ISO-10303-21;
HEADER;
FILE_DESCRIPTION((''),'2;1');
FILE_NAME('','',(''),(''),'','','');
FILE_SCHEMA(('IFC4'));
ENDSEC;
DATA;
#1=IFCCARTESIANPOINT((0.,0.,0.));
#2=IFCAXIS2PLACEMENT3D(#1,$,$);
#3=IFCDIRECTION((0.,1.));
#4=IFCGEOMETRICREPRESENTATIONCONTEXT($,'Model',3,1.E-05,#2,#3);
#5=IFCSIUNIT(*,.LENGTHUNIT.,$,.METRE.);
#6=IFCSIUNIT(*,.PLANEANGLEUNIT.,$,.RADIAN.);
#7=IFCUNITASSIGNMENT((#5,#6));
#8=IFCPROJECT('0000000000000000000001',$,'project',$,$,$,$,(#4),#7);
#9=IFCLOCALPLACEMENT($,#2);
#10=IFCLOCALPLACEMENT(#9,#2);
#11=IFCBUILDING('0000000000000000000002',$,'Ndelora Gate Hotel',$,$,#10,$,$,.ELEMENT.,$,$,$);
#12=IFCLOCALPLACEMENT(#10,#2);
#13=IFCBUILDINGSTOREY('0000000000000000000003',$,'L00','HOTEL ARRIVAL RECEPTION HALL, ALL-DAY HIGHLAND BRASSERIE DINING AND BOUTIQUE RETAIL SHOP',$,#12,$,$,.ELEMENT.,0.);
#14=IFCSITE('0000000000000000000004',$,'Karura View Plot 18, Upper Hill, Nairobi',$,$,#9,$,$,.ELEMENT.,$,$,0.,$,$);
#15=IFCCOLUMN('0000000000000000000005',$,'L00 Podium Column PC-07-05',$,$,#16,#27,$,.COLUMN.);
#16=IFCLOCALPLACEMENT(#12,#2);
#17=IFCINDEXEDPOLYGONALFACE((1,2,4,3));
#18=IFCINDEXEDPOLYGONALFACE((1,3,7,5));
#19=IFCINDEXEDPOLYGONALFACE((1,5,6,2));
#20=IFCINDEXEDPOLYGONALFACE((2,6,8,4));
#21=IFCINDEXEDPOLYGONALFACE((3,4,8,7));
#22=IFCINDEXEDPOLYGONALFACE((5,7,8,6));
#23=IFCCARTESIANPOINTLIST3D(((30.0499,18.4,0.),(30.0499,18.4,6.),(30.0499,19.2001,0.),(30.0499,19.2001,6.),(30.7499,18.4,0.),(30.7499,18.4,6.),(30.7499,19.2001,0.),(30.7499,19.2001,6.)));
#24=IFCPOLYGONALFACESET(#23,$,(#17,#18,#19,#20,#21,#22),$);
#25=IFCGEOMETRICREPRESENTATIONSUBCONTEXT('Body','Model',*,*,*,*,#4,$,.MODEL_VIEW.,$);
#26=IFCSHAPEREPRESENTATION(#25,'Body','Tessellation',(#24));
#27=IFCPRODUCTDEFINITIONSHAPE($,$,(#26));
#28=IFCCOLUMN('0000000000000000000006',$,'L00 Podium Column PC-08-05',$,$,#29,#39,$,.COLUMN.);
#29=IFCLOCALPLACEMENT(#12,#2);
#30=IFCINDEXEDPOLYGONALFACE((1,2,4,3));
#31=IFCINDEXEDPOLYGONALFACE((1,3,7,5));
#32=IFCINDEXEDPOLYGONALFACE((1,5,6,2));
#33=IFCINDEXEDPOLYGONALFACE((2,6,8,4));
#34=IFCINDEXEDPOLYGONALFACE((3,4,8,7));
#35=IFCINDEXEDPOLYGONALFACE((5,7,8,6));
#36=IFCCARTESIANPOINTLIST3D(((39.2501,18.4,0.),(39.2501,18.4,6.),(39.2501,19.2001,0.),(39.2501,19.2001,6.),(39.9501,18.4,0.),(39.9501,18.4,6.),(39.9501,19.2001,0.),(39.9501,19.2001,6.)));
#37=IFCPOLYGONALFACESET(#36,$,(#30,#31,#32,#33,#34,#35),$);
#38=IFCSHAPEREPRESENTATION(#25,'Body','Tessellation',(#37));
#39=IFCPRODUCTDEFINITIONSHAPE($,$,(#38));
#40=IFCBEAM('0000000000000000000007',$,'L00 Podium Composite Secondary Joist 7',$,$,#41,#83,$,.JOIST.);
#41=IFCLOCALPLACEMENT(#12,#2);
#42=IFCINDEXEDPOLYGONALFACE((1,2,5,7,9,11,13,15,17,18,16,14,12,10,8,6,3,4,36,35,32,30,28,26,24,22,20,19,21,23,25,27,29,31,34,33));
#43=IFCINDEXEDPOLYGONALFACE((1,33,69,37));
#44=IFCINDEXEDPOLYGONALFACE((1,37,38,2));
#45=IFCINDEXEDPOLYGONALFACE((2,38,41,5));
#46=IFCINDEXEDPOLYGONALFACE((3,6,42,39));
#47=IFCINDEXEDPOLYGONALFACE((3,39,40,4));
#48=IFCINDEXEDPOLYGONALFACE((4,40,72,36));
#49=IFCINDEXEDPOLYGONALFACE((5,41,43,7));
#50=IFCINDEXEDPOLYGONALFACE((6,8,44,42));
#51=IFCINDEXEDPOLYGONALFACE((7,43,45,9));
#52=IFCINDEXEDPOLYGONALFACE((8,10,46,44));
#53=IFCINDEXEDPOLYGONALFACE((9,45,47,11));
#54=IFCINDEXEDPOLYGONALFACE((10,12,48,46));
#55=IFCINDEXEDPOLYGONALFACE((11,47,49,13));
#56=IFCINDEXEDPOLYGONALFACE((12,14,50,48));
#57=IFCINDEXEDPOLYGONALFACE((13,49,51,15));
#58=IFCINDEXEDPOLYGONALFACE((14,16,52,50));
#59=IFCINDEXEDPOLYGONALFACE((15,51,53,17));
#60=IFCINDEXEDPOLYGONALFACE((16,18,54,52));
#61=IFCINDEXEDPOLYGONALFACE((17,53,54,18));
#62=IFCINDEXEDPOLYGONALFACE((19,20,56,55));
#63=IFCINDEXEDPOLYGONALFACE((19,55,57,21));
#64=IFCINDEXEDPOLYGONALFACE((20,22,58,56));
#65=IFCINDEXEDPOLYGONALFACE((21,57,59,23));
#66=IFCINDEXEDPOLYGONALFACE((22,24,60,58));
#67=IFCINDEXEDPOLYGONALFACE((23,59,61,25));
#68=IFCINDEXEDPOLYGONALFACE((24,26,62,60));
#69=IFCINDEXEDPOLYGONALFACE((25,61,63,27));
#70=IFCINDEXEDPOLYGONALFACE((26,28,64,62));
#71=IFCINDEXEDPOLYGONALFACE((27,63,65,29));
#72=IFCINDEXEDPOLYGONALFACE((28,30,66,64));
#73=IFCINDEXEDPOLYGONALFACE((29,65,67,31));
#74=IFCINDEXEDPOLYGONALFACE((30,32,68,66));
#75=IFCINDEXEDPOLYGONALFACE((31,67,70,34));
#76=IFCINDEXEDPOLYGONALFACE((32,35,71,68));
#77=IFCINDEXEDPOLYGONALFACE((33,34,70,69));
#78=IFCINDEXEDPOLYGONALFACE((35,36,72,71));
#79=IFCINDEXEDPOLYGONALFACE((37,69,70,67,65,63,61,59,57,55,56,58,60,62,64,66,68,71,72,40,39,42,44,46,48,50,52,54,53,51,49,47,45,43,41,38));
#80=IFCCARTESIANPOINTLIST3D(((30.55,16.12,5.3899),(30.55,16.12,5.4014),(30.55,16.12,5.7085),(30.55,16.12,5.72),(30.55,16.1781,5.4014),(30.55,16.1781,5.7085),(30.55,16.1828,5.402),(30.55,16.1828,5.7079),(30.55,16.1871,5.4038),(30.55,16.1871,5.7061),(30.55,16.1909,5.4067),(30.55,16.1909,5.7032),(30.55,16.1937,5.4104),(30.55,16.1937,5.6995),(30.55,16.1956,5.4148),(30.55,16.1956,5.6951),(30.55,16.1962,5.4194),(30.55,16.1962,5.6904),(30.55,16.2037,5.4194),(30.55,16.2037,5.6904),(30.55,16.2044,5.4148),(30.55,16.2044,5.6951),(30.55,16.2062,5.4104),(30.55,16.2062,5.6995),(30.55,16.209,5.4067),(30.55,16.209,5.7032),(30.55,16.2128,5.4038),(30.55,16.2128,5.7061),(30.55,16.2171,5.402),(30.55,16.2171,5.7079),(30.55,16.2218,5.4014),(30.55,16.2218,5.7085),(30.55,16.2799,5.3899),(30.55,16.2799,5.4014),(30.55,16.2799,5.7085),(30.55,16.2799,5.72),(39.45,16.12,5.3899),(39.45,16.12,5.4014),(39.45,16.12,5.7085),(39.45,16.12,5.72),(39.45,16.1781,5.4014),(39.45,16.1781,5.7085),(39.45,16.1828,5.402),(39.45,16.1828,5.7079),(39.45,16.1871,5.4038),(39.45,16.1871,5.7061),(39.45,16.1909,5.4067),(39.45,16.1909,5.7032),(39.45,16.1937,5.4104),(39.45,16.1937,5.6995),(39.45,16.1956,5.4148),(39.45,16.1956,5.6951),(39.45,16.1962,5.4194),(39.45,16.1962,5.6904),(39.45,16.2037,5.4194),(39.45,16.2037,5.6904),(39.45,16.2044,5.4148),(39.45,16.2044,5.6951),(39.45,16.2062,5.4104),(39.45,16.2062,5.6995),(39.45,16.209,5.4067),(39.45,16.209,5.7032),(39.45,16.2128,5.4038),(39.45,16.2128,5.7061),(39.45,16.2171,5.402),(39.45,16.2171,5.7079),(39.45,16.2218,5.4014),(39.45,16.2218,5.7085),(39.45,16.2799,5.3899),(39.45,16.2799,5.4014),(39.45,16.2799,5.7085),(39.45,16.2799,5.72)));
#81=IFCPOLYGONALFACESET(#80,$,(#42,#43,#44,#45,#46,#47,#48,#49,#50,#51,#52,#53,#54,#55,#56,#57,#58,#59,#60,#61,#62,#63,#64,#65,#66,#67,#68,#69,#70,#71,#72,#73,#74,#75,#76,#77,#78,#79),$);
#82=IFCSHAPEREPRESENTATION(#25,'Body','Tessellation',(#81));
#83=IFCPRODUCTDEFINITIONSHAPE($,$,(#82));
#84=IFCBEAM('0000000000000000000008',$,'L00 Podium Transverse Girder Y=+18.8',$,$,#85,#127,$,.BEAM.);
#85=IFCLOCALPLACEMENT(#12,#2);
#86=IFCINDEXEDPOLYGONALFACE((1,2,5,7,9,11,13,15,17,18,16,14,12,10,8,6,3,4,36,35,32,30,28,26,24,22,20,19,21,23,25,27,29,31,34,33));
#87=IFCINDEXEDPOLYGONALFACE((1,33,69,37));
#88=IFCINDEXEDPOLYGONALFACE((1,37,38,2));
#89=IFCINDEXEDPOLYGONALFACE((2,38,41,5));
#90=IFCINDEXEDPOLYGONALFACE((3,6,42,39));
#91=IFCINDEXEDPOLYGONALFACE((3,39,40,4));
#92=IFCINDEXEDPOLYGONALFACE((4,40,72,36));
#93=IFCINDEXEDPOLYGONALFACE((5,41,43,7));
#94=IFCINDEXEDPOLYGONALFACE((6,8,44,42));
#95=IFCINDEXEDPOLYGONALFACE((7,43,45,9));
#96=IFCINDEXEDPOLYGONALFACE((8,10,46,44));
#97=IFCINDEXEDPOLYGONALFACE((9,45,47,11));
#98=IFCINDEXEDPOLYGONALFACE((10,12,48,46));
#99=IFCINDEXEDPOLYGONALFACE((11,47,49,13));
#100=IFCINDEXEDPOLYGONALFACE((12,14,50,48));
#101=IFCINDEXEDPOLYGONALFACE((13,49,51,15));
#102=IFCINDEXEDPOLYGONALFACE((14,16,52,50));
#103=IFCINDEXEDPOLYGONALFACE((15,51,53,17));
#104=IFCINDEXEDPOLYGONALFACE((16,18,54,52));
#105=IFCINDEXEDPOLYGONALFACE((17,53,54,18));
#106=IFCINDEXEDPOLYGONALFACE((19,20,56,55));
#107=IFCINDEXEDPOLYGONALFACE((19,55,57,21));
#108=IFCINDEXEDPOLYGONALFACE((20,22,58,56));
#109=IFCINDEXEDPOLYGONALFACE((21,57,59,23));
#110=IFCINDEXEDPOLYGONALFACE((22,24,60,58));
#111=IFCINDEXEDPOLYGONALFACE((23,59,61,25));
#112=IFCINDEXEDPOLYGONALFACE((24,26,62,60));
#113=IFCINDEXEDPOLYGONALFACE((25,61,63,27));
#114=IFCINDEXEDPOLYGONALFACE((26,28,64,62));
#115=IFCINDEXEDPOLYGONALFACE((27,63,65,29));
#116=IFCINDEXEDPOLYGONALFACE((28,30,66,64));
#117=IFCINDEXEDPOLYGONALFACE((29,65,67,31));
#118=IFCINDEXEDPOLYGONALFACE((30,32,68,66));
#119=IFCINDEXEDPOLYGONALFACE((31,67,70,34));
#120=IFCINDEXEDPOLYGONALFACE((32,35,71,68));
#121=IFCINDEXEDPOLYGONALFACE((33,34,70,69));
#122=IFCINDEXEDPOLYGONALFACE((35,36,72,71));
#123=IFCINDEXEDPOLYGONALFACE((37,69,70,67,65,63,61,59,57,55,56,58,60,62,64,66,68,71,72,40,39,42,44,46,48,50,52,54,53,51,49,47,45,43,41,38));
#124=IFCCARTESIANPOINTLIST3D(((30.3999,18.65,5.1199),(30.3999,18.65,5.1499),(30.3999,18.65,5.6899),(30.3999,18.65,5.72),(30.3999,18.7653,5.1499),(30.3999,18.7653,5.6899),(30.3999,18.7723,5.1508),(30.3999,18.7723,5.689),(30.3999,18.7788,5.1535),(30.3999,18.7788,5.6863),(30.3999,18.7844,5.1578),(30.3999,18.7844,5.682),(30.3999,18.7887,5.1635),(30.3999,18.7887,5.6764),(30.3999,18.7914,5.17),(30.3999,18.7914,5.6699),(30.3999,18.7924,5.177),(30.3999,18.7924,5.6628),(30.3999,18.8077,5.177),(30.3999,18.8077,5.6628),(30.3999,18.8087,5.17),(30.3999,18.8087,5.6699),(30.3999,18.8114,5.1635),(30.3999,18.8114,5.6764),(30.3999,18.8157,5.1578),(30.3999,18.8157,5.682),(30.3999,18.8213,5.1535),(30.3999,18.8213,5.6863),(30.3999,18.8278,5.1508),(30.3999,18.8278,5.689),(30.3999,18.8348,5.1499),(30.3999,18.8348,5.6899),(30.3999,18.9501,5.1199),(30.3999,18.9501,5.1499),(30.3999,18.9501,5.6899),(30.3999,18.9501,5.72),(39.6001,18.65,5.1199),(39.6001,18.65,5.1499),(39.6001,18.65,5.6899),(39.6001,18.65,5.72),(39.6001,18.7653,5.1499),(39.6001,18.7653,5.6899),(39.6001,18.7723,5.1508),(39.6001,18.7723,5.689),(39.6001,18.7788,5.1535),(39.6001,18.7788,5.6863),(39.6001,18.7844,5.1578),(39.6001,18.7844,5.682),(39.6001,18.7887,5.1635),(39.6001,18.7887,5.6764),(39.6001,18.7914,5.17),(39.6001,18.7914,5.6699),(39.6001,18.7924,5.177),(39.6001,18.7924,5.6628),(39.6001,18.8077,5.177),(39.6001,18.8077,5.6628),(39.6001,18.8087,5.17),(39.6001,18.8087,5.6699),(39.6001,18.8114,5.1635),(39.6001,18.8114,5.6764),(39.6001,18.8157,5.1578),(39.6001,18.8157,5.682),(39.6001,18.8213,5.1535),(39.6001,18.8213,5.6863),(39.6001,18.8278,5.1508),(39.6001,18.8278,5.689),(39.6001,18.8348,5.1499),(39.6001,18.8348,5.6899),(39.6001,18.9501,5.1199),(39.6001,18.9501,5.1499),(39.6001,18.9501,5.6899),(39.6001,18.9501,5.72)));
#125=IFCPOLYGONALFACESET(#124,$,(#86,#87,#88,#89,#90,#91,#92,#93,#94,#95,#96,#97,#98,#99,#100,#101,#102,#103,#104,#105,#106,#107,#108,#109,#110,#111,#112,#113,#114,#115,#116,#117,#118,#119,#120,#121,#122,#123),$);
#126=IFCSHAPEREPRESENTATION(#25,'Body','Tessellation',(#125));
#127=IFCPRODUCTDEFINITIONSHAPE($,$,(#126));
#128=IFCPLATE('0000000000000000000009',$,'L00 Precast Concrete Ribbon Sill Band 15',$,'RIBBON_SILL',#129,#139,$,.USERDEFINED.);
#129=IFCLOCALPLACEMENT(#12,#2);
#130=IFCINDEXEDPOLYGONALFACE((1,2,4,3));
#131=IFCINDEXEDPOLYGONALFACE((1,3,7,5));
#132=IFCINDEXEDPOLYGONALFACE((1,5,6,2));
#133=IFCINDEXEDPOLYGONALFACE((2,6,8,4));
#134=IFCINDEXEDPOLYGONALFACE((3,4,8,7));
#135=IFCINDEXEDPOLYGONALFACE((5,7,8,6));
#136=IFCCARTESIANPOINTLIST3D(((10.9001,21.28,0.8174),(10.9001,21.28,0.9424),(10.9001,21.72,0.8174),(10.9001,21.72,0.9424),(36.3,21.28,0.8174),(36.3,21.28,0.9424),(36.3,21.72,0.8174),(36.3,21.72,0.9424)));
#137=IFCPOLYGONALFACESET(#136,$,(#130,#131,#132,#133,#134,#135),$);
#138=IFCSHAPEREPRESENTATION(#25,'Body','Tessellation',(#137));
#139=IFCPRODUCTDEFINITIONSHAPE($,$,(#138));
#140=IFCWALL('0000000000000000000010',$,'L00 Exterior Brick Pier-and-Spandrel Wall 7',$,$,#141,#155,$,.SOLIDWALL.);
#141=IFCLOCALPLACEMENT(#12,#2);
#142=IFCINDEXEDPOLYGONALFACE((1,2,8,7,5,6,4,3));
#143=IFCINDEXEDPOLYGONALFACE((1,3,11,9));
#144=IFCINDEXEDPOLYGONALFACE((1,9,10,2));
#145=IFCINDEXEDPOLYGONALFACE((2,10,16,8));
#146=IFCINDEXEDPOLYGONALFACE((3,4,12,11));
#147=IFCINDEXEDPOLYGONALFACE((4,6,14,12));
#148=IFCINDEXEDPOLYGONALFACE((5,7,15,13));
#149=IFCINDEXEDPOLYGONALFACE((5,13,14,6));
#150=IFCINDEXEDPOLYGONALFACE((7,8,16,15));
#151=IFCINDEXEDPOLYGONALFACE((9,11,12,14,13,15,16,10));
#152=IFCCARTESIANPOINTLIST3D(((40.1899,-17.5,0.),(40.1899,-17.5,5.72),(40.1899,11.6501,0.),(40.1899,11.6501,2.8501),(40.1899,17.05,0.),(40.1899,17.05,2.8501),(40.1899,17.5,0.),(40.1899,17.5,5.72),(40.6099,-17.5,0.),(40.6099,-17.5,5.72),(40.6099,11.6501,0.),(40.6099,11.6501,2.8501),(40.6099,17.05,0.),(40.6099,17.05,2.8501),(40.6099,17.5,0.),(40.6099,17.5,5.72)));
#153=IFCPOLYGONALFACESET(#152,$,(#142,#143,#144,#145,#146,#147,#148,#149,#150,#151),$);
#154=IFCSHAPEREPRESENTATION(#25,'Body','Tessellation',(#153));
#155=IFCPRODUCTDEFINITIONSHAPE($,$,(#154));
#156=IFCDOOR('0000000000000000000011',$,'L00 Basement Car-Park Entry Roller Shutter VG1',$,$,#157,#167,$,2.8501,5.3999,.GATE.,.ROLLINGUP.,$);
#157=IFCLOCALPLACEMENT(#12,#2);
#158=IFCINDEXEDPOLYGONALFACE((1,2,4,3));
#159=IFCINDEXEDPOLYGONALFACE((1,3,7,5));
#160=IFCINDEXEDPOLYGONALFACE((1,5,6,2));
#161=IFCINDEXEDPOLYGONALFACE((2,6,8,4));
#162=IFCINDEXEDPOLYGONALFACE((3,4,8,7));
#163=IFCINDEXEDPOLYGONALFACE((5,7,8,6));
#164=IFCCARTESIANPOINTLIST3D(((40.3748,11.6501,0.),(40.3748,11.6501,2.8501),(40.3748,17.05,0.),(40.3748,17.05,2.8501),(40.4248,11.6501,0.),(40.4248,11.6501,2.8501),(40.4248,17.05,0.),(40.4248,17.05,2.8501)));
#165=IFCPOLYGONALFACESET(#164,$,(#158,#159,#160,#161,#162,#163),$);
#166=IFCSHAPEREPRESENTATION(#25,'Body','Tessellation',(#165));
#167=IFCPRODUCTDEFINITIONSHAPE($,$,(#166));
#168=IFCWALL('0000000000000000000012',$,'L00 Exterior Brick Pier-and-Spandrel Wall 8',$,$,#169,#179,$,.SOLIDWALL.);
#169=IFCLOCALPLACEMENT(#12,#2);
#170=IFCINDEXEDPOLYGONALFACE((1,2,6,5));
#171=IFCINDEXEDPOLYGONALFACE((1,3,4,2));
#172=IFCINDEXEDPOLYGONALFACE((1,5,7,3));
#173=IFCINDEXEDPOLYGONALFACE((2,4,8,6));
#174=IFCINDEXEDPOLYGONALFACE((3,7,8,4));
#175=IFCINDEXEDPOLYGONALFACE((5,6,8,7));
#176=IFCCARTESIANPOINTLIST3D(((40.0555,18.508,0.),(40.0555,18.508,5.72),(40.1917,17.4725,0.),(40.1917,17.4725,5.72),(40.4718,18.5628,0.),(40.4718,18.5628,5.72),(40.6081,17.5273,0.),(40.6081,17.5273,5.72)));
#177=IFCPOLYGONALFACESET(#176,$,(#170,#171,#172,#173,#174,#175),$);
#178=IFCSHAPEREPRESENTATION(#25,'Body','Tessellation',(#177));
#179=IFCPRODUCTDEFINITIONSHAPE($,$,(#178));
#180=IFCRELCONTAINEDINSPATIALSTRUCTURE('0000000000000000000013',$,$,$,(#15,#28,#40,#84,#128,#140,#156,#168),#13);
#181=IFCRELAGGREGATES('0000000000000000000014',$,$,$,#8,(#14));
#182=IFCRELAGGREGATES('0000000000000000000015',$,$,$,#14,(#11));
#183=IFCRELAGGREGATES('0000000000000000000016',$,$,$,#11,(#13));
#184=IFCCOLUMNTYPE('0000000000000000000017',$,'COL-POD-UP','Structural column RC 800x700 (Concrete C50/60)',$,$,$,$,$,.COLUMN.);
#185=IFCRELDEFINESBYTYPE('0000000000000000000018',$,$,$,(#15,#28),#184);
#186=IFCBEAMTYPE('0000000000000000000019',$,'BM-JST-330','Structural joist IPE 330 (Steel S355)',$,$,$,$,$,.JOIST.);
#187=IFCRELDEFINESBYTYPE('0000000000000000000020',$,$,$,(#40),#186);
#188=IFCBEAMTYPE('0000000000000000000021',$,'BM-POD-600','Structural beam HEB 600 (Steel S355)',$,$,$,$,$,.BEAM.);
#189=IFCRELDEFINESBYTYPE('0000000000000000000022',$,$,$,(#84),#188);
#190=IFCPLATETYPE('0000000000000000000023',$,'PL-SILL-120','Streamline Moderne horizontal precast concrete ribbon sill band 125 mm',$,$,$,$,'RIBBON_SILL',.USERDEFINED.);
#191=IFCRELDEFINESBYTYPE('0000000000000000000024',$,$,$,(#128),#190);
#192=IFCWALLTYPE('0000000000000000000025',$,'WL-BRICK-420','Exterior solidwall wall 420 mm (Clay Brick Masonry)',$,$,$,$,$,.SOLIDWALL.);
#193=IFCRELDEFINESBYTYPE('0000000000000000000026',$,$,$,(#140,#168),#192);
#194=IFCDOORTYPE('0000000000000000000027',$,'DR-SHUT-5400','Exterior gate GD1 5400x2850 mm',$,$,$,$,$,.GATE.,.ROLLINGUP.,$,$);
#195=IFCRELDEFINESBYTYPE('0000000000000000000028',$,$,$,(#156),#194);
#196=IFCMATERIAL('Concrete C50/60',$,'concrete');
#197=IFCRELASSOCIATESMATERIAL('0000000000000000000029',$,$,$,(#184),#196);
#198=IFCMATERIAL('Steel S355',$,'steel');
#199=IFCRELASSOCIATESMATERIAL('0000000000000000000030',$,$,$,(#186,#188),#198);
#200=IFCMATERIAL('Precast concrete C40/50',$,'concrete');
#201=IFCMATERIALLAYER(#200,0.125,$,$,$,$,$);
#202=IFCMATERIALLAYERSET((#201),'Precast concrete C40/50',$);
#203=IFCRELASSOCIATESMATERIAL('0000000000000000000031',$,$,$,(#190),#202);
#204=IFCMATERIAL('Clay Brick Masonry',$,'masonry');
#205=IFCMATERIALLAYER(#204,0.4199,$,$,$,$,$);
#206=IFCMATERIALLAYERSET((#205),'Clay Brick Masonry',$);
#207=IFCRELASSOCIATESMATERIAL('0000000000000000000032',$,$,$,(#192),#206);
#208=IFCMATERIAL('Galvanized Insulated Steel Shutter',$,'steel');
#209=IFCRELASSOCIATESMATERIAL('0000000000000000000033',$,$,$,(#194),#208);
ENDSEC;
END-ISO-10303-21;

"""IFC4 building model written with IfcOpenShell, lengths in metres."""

from ifc_helpers import new_model, si_unit, direction, frame, frame_2d, origin, origin_2d, place, context, subcontext, project, spatial, rectangle, i_section, extrude, material, layer, layer_set, material_profile, profile_set, type_object, element, fill, save


model = new_model("IFC4")

# Units and contexts
model_context = context("Model", 3, precision=1e-05, world=origin(), true_north=direction((0.0, 1.0)))
body_context = subcontext(model_context, "Body", "Model", "MODEL_VIEW")
ifc_project = project(units=[si_unit("LENGTHUNIT", "METRE"), si_unit("PLANEANGLEUNIT", "RADIAN")], contexts=[model_context])

# Site, building, storey
site_placement = place(None, origin())
site = spatial("IfcSite", under=ifc_project, at=site_placement, Name="Karura View Plot 18, Upper Hill, Nairobi", CompositionType="ELEMENT", RefElevation=0.0)
building_placement = place(site_placement, origin())
building = spatial("IfcBuilding", under=site, at=building_placement, Name="Ndelora Gate Hotel", CompositionType="ELEMENT")
storey_placement = place(building_placement, origin())
storey = spatial("IfcBuildingStorey", under=building, at=storey_placement, Name="L00", Description="HOTEL ARRIVAL RECEPTION HALL, ALL-DAY HIGHLAND BRASSERIE DINING AND BOUTIQUE RETAIL SHOP", CompositionType="ELEMENT", Elevation=0.0)

# Columns
ifc_material_1 = material(Name="Concrete C50/60", Category="concrete")
ifc_material_profile_1 = material_profile(ifc_material_1, rectangle(XDim=0.7, YDim=0.8, at=origin_2d()), Name="RC 800x700")
ifc_profile_set_1 = profile_set([ifc_material_profile_1], Name="Concrete C50/60")
column_type = type_object("IfcColumnType", Name="COL-POD-UP", Description="Structural column RC 800x700 (Concrete C50/60)", PredefinedType="COLUMN", material=ifc_profile_set_1)
for number, where, z_axis, x_axis, name in (
    (1, (30.3999, 18.8, 0.0), (0.0, 0.0, 1.0), (1.0, 0.0, 0.0), "L00 Podium Column PC-07-05"),
    (2, (39.6001, 18.8, 0.0), (0.0, 0.0, 1.0), (1.0, 0.0, 0.0), "L00 Podium Column PC-08-05"),
):
    element("IfcColumn", number, at=place(storey_placement, frame(where, z_axis=z_axis, x_axis=x_axis)), inside=storey, type_object=column_type, Name=name, PredefinedType="COLUMN", context=body_context, shape_type="SweptSolid", body=[
        extrude(rectangle(XDim=0.7, YDim=0.8, at=origin_2d()), origin(), (0.0, 0.0, 1.0), 6.0),
    ])

# Beams
ifc_material_2 = material(Name="Steel S355", Category="steel")
ifc_material_profile_2 = material_profile(ifc_material_2, i_section(OverallWidth=0.1599, OverallDepth=0.3301, WebThickness=0.0076, FlangeThickness=0.0115, FilletRadius=0.0181, at=origin_2d()), Name="IPE 330")
ifc_profile_set_2 = profile_set([ifc_material_profile_2], Name="Steel S355")
beam_type_1 = type_object("IfcBeamType", Name="BM-JST-330", Description="Structural joist IPE 330 (Steel S355)", PredefinedType="JOIST", material=ifc_profile_set_2)
beam_1_placement = place(storey_placement, frame((30.55, 16.2, 5.5549), z_axis=(1.0, 0.0, 0.0), x_axis=(0.0, 1.0, 0.0)))
element("IfcBeam", 3, at=beam_1_placement, inside=storey, type_object=beam_type_1, Name="L00 Podium Composite Secondary Joist 7", PredefinedType="JOIST", context=body_context, shape_type="SweptSolid", body=[
    extrude(i_section(OverallWidth=0.1599, OverallDepth=0.3301, WebThickness=0.0076, FlangeThickness=0.0115, FilletRadius=0.0181, at=origin_2d()), origin(), (0.0, 0.0, 1.0), 8.8999),
])
ifc_material_profile_3 = material_profile(ifc_material_2, i_section(OverallWidth=0.3, OverallDepth=0.6001, WebThickness=0.0154, FlangeThickness=0.03, FilletRadius=0.0271, at=origin_2d()), Name="HEB 600")
ifc_profile_set_3 = profile_set([ifc_material_profile_3], Name="Steel S355")
beam_type_2 = type_object("IfcBeamType", Name="BM-POD-600", Description="Structural beam HEB 600 (Steel S355)", PredefinedType="BEAM", material=ifc_profile_set_3)
beam_2_placement = place(storey_placement, frame((30.3999, 18.8, 5.4199), z_axis=(1.0, 0.0, 0.0), x_axis=(0.0, 1.0, 0.0)))
element("IfcBeam", 4, at=beam_2_placement, inside=storey, type_object=beam_type_2, Name="L00 Podium Transverse Girder Y=+18.8", PredefinedType="BEAM", context=body_context, shape_type="SweptSolid", body=[
    extrude(i_section(OverallWidth=0.3, OverallDepth=0.6001, WebThickness=0.0154, FlangeThickness=0.03, FilletRadius=0.0271, at=origin_2d()), origin(), (0.0, 0.0, 1.0), 9.2002),
])

# Plate
ifc_material_3 = material(Name="Precast concrete C40/50", Category="concrete")
ifc_layer_1 = layer(ifc_material_3, 0.125)
ifc_layer_set_1 = layer_set([ifc_layer_1], Name="Precast concrete C40/50")
plate_type = type_object("IfcPlateType", Name="PL-SILL-120", Description="Streamline Moderne horizontal precast concrete ribbon sill band 125 mm", ElementType="RIBBON_SILL", PredefinedType="USERDEFINED", material=ifc_layer_set_1)
plate_placement = place(storey_placement, frame((23.6001, 21.5, 0.8174), z_axis=(0.0, 0.0, 1.0), x_axis=(1.0, 0.0, 0.0)))
element("IfcPlate", 5, at=plate_placement, inside=storey, type_object=plate_type, Name="L00 Precast Concrete Ribbon Sill Band 15", ObjectType="RIBBON_SILL", PredefinedType="USERDEFINED", context=body_context, shape_type="SweptSolid", body=[
    extrude(rectangle(XDim=25.3999, YDim=0.4399, at=origin_2d()), origin(), (0.0, 0.0, 1.0), 0.125),
])

# Wall, opening, door
ifc_material_4 = material(Name="Clay Brick Masonry", Category="masonry")
ifc_layer_2 = layer(ifc_material_4, 0.4199)
ifc_layer_set_2 = layer_set([ifc_layer_2], Name="Clay Brick Masonry")
wall_type_1 = type_object("IfcWallType", Name="WL-BRICK-420", Description="Exterior solidwall wall 420 mm (Clay Brick Masonry)", PredefinedType="SOLIDWALL", material=ifc_layer_set_2)
wall_1_placement = place(storey_placement, frame((40.3999, 17.5, 0.0), z_axis=(0.0, 0.0, 1.0), x_axis=(0.0, -1.0, 0.0)))
wall_1 = element("IfcWall", 6, at=wall_1_placement, inside=storey, type_object=wall_type_1, Name="L00 Exterior Brick Pier-and-Spandrel Wall 7", PredefinedType="SOLIDWALL", context=body_context, shape_type="SweptSolid", body=[
    extrude(rectangle(XDim=35.0, YDim=0.4199, at=frame_2d((17.5, 0.0))), origin(), (0.0, 0.0, 1.0), 5.72),
])
opening_1_placement = place(wall_1_placement, frame((0.45, 0.0, 0.0)))
opening_1 = element("IfcOpeningElement", 7, at=opening_1_placement, cuts=wall_1, PredefinedType="OPENING", context=body_context, shape_type="SweptSolid", body=[
    extrude(rectangle(XDim=5.3999, YDim=2.8501, at=frame_2d((2.7, 1.425))), frame((0.0, 0.22, 0.0), z_axis=(0.0, -1.0, 0.0), x_axis=(1.0, 0.0, 0.0)), (0.0, 0.0, 1.0), 0.4399),
])
ifc_material_5 = material(Name="Galvanized Insulated Steel Shutter", Category="steel")
door_type_1 = type_object("IfcDoorType", Name="DR-SHUT-5400", Description="Exterior gate GD1 5400x2850 mm", OperationType="ROLLINGUP", PredefinedType="GATE", material=ifc_material_5)
door_1_placement = place(opening_1_placement, origin())
door_1 = element("IfcDoor", 8, at=door_1_placement, inside=storey, type_object=door_type_1, Name="L00 Basement Car-Park Entry Roller Shutter VG1", OperationType="ROLLINGUP", OverallHeight=2.8501, OverallWidth=5.3999, PredefinedType="GATE", context=body_context, shape_type="SweptSolid", body=[
    extrude(rectangle(XDim=5.3999, YDim=2.8501, at=frame_2d((2.7, 1.425))), frame((0.0, 0.0249, 0.0), z_axis=(0.0, -1.0, 0.0), x_axis=(1.0, 0.0, 0.0)), (0.0, 0.0, 1.0), 0.05),
])
fill(opening_1, door_1)

# Wall
wall_2_placement = place(storey_placement, frame((40.2637, 18.5354, 0.0), z_axis=(0.0, 0.0, 1.0), x_axis=(0.130448, -0.991455, 0.0)))
element("IfcWall", 9, at=wall_2_placement, inside=storey, type_object=wall_type_1, Name="L00 Exterior Brick Pier-and-Spandrel Wall 8", PredefinedType="SOLIDWALL", context=body_context, shape_type="SweptSolid", body=[
    extrude(rectangle(XDim=1.0444, YDim=0.4199, at=frame_2d((0.5222, 0.0))), origin(), (0.0, 0.0, 1.0), 5.72),
])

save(model, "model.ifc")
